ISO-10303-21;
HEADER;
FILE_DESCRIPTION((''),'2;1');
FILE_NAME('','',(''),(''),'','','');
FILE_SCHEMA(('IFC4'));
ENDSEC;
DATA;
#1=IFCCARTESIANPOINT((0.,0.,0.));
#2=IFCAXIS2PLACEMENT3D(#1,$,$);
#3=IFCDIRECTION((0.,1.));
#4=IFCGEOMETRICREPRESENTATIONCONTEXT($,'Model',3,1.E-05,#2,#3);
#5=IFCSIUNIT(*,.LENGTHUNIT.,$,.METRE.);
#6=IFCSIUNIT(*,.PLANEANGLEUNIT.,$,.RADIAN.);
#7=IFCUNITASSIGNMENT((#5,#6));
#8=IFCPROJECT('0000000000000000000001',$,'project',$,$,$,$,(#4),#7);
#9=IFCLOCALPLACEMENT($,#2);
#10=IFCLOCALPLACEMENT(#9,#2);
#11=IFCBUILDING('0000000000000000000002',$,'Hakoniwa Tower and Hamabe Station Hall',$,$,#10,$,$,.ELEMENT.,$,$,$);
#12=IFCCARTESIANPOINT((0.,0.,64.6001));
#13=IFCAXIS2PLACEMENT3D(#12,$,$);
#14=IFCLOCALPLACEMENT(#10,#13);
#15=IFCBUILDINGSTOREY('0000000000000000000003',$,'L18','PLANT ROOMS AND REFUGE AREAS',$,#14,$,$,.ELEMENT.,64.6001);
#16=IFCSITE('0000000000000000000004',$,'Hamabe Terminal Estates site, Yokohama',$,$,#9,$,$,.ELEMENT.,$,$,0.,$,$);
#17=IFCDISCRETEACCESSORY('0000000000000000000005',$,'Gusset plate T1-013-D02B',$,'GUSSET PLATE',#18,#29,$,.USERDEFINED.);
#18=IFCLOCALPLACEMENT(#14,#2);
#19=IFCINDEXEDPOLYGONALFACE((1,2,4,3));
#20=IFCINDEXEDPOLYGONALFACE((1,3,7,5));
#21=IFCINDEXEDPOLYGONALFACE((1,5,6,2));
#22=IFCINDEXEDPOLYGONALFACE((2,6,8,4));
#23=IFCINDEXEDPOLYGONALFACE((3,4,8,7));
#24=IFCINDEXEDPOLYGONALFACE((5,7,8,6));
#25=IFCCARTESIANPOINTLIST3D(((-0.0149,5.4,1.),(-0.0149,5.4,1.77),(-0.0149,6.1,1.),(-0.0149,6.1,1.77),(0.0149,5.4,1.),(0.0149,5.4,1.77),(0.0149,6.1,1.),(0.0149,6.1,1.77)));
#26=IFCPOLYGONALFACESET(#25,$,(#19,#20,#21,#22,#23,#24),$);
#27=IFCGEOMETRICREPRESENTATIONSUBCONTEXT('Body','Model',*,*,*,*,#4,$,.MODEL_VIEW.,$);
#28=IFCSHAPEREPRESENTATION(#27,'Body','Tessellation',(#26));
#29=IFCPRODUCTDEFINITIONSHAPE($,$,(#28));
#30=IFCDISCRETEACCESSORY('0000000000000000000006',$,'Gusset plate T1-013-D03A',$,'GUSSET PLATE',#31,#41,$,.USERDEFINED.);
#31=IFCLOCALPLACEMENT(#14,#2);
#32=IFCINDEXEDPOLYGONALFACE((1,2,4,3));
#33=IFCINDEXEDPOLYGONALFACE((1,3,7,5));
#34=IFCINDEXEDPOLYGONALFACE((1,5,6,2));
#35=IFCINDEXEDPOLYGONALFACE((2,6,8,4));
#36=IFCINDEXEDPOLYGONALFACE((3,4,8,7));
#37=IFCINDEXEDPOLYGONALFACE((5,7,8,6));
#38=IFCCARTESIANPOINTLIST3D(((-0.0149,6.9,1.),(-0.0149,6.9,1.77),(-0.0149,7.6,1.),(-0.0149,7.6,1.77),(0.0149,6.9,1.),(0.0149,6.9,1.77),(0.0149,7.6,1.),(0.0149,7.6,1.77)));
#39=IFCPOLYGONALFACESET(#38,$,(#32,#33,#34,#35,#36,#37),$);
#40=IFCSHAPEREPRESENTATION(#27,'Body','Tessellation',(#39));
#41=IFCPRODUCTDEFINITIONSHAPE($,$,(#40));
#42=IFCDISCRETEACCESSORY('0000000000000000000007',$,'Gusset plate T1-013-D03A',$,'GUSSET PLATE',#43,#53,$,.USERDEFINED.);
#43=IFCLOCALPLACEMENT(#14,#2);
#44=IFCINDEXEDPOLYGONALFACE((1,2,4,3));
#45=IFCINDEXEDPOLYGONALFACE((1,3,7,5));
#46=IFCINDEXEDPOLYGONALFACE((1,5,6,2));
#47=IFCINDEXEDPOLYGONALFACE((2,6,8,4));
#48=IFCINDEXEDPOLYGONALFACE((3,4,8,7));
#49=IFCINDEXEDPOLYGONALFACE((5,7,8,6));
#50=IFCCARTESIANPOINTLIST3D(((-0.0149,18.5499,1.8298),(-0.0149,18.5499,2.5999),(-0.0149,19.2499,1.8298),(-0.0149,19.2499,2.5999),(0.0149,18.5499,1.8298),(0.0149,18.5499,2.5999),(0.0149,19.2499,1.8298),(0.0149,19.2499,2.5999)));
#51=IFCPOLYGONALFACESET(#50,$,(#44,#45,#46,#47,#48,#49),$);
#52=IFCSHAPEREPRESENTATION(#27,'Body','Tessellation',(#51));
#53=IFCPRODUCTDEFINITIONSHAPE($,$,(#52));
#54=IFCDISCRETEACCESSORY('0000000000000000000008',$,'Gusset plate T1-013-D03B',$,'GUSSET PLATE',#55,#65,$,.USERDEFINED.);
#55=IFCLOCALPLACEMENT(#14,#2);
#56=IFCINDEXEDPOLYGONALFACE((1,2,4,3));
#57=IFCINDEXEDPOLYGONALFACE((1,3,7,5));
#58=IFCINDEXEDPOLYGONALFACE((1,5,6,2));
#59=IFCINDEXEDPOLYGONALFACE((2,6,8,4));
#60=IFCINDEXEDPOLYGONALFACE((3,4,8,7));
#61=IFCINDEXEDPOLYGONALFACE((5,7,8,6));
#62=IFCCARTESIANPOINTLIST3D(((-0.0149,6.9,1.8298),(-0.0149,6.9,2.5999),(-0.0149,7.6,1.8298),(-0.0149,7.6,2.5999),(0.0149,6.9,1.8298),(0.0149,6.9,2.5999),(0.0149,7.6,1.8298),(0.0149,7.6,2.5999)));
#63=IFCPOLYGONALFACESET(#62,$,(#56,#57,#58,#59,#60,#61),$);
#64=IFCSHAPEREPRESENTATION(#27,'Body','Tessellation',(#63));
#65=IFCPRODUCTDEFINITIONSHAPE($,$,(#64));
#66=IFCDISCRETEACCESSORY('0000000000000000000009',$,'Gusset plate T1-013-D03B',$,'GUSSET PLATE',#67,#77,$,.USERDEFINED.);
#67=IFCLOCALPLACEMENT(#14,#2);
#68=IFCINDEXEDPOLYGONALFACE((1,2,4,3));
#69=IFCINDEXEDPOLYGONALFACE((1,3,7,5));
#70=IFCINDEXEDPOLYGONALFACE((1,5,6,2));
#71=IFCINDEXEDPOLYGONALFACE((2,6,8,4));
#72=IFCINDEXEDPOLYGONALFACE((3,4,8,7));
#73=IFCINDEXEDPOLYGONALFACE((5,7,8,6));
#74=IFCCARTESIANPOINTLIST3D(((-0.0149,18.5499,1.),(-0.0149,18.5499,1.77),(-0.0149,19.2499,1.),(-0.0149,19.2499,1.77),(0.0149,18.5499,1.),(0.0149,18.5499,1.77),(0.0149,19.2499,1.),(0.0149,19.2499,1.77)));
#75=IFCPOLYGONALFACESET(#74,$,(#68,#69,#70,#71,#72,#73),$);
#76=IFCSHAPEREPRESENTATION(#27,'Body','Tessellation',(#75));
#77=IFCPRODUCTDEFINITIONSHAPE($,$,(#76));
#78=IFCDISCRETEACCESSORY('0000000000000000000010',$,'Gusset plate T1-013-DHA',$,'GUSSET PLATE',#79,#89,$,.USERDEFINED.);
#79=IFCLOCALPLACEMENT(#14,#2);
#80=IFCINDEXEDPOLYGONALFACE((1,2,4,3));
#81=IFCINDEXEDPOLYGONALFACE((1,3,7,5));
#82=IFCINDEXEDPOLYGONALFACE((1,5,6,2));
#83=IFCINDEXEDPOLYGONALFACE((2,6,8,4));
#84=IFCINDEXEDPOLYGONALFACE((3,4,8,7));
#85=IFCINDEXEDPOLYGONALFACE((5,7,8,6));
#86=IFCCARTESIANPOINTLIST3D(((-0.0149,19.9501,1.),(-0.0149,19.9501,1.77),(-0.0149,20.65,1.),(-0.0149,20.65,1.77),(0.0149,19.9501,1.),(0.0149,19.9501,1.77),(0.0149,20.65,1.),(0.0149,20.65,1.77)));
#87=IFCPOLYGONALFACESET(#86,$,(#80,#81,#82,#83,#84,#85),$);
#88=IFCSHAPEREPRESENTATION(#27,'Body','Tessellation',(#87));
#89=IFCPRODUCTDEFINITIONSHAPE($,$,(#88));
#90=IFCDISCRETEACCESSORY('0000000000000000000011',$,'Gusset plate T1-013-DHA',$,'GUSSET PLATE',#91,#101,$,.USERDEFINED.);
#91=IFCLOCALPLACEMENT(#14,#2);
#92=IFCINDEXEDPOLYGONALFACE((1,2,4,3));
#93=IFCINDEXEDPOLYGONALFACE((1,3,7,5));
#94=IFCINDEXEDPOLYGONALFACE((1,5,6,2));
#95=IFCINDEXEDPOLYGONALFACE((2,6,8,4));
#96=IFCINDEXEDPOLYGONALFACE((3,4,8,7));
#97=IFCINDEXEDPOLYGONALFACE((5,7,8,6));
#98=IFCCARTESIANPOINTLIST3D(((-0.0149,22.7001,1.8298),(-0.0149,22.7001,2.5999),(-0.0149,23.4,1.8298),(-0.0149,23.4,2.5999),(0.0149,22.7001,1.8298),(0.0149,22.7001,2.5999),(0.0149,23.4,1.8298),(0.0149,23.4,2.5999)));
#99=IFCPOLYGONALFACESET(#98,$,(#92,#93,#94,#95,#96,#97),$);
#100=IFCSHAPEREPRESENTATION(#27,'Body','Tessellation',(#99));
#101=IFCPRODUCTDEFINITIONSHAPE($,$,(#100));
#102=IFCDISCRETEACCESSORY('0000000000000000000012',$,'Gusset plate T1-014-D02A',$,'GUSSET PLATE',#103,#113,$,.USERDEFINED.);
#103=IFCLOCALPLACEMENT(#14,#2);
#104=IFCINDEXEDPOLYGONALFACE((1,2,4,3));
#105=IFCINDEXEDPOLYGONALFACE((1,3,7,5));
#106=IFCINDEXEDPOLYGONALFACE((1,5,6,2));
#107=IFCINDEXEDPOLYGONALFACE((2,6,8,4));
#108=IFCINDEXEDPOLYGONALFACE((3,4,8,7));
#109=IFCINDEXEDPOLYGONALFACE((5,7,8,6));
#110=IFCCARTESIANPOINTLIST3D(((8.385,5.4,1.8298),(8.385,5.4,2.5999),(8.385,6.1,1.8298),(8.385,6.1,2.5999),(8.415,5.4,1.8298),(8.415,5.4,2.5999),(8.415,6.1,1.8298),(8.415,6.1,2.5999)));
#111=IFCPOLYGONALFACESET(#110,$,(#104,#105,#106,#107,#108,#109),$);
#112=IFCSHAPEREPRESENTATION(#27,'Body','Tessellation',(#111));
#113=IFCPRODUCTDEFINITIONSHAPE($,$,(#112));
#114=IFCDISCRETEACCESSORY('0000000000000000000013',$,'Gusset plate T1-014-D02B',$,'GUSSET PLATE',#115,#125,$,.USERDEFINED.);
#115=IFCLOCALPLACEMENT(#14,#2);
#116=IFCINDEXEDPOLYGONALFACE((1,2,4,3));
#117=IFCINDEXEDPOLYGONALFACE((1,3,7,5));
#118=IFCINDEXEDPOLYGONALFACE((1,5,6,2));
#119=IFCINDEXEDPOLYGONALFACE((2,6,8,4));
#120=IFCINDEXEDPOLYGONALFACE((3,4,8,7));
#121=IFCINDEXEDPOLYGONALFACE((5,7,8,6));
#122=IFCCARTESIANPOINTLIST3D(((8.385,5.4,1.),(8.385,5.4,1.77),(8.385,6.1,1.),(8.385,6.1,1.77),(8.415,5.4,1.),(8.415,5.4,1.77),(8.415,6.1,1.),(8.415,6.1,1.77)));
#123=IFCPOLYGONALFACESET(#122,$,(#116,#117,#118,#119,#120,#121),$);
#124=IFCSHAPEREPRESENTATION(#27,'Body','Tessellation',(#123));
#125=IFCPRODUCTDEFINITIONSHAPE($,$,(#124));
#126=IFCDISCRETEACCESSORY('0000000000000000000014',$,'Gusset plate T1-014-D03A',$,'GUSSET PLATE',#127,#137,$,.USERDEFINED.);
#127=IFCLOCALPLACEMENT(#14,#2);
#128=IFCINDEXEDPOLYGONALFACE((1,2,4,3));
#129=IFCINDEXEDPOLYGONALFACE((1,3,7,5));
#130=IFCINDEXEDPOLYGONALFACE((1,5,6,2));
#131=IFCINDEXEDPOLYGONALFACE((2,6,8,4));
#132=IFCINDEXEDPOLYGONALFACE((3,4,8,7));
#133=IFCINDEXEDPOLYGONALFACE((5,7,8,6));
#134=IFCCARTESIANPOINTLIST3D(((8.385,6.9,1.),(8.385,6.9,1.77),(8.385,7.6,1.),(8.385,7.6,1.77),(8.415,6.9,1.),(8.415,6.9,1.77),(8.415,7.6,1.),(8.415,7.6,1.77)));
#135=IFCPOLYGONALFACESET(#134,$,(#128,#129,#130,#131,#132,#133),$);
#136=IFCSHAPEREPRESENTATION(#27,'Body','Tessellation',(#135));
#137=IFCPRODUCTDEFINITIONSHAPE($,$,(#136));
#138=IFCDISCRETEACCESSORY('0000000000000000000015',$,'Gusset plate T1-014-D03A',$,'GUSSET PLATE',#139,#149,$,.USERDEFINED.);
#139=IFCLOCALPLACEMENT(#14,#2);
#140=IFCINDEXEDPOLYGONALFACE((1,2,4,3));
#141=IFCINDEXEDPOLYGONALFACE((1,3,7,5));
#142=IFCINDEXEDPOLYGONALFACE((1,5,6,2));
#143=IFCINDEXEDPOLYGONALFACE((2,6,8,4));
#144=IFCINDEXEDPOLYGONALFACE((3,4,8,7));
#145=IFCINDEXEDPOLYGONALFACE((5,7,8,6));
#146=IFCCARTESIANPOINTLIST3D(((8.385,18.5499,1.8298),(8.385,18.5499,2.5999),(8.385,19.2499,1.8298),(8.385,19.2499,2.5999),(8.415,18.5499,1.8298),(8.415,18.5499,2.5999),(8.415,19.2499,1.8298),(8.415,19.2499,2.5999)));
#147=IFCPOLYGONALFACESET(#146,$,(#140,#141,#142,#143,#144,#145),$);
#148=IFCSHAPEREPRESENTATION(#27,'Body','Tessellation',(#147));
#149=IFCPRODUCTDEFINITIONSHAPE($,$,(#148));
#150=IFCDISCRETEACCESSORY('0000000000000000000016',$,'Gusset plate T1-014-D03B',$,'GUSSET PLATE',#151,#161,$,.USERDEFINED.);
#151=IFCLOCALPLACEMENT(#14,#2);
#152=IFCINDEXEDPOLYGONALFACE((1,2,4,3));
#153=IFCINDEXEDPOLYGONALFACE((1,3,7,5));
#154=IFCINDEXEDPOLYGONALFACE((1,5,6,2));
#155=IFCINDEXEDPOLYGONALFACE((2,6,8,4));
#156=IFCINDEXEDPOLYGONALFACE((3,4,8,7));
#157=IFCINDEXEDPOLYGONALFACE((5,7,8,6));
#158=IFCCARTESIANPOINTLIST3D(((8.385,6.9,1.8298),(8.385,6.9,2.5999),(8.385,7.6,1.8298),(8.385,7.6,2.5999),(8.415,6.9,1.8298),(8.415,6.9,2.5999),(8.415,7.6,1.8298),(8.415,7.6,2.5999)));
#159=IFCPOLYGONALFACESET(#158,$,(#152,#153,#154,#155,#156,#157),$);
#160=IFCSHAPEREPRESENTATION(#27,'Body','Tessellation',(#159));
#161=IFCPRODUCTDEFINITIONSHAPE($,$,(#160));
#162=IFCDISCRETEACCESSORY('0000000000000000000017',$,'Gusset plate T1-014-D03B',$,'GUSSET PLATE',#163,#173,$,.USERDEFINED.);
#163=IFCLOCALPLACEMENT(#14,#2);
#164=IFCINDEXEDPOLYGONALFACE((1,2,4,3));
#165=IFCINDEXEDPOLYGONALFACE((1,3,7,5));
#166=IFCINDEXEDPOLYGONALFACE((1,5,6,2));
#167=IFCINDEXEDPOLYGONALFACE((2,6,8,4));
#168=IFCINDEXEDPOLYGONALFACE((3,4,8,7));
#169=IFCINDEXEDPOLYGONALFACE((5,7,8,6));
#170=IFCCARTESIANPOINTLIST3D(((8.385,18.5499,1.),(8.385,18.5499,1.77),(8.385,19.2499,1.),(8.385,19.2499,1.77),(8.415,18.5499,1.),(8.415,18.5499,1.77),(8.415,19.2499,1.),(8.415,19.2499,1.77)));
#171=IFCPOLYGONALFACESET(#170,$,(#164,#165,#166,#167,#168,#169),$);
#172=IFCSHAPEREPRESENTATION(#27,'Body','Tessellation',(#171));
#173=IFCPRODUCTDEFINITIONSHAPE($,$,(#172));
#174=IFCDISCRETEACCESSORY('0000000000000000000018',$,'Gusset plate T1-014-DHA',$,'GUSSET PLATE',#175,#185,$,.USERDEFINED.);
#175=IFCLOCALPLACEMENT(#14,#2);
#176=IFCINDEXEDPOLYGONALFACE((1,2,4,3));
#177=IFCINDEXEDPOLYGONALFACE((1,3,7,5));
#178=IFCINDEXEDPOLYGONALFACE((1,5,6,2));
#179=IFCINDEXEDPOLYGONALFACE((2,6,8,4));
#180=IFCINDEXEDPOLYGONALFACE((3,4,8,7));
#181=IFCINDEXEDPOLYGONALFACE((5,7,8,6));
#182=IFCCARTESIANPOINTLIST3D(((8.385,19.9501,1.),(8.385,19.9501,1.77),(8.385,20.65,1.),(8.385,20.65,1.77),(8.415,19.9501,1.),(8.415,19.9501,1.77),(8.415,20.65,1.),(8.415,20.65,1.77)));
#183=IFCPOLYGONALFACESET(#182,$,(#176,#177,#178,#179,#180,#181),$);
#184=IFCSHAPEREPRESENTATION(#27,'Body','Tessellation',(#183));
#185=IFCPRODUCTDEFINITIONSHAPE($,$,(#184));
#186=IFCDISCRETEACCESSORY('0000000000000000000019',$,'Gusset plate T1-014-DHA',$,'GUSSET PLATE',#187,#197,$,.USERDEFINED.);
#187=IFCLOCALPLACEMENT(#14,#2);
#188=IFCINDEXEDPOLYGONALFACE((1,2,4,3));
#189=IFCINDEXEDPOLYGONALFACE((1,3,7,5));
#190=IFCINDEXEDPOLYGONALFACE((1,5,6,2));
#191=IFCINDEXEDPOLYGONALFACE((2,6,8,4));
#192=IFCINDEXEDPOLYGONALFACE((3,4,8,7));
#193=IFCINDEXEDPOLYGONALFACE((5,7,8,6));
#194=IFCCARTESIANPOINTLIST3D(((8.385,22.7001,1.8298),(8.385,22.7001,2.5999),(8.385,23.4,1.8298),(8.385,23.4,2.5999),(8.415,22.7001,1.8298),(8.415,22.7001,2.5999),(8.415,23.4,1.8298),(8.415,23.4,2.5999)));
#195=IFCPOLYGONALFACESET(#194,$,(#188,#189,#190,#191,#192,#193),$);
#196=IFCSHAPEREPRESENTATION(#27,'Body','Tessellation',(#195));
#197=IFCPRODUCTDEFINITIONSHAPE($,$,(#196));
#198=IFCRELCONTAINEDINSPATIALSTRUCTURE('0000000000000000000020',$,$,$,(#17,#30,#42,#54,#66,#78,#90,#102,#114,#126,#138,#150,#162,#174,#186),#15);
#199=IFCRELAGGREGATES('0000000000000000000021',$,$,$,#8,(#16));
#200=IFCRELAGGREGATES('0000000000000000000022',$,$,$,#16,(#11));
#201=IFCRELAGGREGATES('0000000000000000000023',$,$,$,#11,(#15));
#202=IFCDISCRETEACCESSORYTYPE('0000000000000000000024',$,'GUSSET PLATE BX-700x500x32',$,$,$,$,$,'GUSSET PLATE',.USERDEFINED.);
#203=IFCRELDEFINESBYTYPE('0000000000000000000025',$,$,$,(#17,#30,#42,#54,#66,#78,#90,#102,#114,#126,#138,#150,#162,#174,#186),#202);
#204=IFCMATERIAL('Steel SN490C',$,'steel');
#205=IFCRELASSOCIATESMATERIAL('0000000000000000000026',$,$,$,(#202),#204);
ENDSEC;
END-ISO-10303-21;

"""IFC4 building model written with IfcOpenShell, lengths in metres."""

from ifc_helpers import new_model, si_unit, direction, frame, origin, origin_2d, place, context, subcontext, project, spatial, rectangle, extrude, material, material_profile, profile_set, type_object, element, save


model = new_model("IFC4")

# Units and contexts
model_context = context("Model", 3, precision=1e-05, world=origin(), true_north=direction((0.0, 1.0)))
body_context = subcontext(model_context, "Body", "Model", "MODEL_VIEW")
ifc_project = project(units=[si_unit("LENGTHUNIT", "METRE"), si_unit("PLANEANGLEUNIT", "RADIAN")], contexts=[model_context])

# Site, building, storey
site_placement = place(None, origin())
site = spatial("IfcSite", under=ifc_project, at=site_placement, Name="Hamabe Terminal Estates site, Yokohama", CompositionType="ELEMENT", RefElevation=0.0)
building_placement = place(site_placement, origin())
building = spatial("IfcBuilding", under=site, at=building_placement, Name="Hakoniwa Tower and Hamabe Station Hall", CompositionType="ELEMENT")
storey_placement = place(building_placement, frame((0.0, 0.0, 64.6001)))
storey = spatial("IfcBuildingStorey", under=building, at=storey_placement, Name="L18", Description="PLANT ROOMS AND REFUGE AREAS", CompositionType="ELEMENT", Elevation=64.6001)

# Discrete accessories
ifc_material_1 = material(Name="Steel SN490C", Category="steel")
ifc_material_profile_1 = material_profile(ifc_material_1, rectangle(XDim=0.7, YDim=0.77, at=origin_2d()), Name="GUSSET PLATE BX-700x500x32")
ifc_profile_set_1 = profile_set([ifc_material_profile_1], Name="Steel SN490C")
discrete_accessory_type = type_object("IfcDiscreteAccessoryType", Name="GUSSET PLATE BX-700x500x32", ElementType="GUSSET PLATE", PredefinedType="USERDEFINED", material=ifc_profile_set_1)
for number, where, z_axis, x_axis, name in (
    (1, (0.0149, 5.75, 1.385), (-1.0, 0.0, 0.0), (0.0, -1.0, 0.0), "Gusset plate T1-013-D02B"),
    (2, (0.0149, 7.25, 1.385), (-1.0, 0.0, 0.0), (0.0, -1.0, 0.0), "Gusset plate T1-013-D03A"),
    (3, (0.0149, 18.8999, 2.2148), (-1.0, 0.0, 0.0), (0.0, -1.0, 0.0), "Gusset plate T1-013-D03A"),
    (4, (0.0149, 7.25, 2.2148), (-1.0, 0.0, 0.0), (0.0, -1.0, 0.0), "Gusset plate T1-013-D03B"),
    (5, (0.0149, 18.8999, 1.385), (-1.0, 0.0, 0.0), (0.0, -1.0, 0.0), "Gusset plate T1-013-D03B"),
    (6, (0.0149, 20.3, 1.385), (-1.0, 0.0, 0.0), (0.0, -1.0, 0.0), "Gusset plate T1-013-DHA"),
    (7, (0.0149, 23.05, 2.2148), (-1.0, 0.0, 0.0), (0.0, -1.0, 0.0), "Gusset plate T1-013-DHA"),
):
    element("IfcDiscreteAccessory", number, at=place(storey_placement, frame(where, z_axis=z_axis, x_axis=x_axis)), inside=storey, type_object=discrete_accessory_type, Name=name, ObjectType="GUSSET PLATE", PredefinedType="USERDEFINED", context=body_context, shape_type="SweptSolid", body=[
        extrude(rectangle(XDim=0.7, YDim=0.77, at=origin_2d()), origin(), (0.0, 0.0, 1.0), 0.0298),
    ])
for number, where, z_axis, x_axis, name in (
    (8, (8.415, 5.75, 2.2148), (-1.0, 0.0, 0.0), (0.0, -1.0, 0.0), "Gusset plate T1-014-D02A"),
    (9, (8.415, 5.75, 1.385), (-1.0, 0.0, 0.0), (0.0, -1.0, 0.0), "Gusset plate T1-014-D02B"),
    (10, (8.415, 7.25, 1.385), (-1.0, 0.0, 0.0), (0.0, -1.0, 0.0), "Gusset plate T1-014-D03A"),
    (11, (8.415, 18.8999, 2.2148), (-1.0, 0.0, 0.0), (0.0, -1.0, 0.0), "Gusset plate T1-014-D03A"),
    (12, (8.415, 7.25, 2.2148), (-1.0, 0.0, 0.0), (0.0, -1.0, 0.0), "Gusset plate T1-014-D03B"),
    (13, (8.415, 18.8999, 1.385), (-1.0, 0.0, 0.0), (0.0, -1.0, 0.0), "Gusset plate T1-014-D03B"),
    (14, (8.415, 20.3, 1.385), (-1.0, 0.0, 0.0), (0.0, -1.0, 0.0), "Gusset plate T1-014-DHA"),
    (15, (8.415, 23.05, 2.2148), (-1.0, 0.0, 0.0), (0.0, -1.0, 0.0), "Gusset plate T1-014-DHA"),
):
    element("IfcDiscreteAccessory", number, at=place(storey_placement, frame(where, z_axis=z_axis, x_axis=x_axis)), inside=storey, type_object=discrete_accessory_type, Name=name, ObjectType="GUSSET PLATE", PredefinedType="USERDEFINED", context=body_context, shape_type="SweptSolid", body=[
        extrude(rectangle(XDim=0.7, YDim=0.77, at=origin_2d()), origin(), (0.0, 0.0, 1.0), 0.03),
    ])

save(model, "model.ifc")
